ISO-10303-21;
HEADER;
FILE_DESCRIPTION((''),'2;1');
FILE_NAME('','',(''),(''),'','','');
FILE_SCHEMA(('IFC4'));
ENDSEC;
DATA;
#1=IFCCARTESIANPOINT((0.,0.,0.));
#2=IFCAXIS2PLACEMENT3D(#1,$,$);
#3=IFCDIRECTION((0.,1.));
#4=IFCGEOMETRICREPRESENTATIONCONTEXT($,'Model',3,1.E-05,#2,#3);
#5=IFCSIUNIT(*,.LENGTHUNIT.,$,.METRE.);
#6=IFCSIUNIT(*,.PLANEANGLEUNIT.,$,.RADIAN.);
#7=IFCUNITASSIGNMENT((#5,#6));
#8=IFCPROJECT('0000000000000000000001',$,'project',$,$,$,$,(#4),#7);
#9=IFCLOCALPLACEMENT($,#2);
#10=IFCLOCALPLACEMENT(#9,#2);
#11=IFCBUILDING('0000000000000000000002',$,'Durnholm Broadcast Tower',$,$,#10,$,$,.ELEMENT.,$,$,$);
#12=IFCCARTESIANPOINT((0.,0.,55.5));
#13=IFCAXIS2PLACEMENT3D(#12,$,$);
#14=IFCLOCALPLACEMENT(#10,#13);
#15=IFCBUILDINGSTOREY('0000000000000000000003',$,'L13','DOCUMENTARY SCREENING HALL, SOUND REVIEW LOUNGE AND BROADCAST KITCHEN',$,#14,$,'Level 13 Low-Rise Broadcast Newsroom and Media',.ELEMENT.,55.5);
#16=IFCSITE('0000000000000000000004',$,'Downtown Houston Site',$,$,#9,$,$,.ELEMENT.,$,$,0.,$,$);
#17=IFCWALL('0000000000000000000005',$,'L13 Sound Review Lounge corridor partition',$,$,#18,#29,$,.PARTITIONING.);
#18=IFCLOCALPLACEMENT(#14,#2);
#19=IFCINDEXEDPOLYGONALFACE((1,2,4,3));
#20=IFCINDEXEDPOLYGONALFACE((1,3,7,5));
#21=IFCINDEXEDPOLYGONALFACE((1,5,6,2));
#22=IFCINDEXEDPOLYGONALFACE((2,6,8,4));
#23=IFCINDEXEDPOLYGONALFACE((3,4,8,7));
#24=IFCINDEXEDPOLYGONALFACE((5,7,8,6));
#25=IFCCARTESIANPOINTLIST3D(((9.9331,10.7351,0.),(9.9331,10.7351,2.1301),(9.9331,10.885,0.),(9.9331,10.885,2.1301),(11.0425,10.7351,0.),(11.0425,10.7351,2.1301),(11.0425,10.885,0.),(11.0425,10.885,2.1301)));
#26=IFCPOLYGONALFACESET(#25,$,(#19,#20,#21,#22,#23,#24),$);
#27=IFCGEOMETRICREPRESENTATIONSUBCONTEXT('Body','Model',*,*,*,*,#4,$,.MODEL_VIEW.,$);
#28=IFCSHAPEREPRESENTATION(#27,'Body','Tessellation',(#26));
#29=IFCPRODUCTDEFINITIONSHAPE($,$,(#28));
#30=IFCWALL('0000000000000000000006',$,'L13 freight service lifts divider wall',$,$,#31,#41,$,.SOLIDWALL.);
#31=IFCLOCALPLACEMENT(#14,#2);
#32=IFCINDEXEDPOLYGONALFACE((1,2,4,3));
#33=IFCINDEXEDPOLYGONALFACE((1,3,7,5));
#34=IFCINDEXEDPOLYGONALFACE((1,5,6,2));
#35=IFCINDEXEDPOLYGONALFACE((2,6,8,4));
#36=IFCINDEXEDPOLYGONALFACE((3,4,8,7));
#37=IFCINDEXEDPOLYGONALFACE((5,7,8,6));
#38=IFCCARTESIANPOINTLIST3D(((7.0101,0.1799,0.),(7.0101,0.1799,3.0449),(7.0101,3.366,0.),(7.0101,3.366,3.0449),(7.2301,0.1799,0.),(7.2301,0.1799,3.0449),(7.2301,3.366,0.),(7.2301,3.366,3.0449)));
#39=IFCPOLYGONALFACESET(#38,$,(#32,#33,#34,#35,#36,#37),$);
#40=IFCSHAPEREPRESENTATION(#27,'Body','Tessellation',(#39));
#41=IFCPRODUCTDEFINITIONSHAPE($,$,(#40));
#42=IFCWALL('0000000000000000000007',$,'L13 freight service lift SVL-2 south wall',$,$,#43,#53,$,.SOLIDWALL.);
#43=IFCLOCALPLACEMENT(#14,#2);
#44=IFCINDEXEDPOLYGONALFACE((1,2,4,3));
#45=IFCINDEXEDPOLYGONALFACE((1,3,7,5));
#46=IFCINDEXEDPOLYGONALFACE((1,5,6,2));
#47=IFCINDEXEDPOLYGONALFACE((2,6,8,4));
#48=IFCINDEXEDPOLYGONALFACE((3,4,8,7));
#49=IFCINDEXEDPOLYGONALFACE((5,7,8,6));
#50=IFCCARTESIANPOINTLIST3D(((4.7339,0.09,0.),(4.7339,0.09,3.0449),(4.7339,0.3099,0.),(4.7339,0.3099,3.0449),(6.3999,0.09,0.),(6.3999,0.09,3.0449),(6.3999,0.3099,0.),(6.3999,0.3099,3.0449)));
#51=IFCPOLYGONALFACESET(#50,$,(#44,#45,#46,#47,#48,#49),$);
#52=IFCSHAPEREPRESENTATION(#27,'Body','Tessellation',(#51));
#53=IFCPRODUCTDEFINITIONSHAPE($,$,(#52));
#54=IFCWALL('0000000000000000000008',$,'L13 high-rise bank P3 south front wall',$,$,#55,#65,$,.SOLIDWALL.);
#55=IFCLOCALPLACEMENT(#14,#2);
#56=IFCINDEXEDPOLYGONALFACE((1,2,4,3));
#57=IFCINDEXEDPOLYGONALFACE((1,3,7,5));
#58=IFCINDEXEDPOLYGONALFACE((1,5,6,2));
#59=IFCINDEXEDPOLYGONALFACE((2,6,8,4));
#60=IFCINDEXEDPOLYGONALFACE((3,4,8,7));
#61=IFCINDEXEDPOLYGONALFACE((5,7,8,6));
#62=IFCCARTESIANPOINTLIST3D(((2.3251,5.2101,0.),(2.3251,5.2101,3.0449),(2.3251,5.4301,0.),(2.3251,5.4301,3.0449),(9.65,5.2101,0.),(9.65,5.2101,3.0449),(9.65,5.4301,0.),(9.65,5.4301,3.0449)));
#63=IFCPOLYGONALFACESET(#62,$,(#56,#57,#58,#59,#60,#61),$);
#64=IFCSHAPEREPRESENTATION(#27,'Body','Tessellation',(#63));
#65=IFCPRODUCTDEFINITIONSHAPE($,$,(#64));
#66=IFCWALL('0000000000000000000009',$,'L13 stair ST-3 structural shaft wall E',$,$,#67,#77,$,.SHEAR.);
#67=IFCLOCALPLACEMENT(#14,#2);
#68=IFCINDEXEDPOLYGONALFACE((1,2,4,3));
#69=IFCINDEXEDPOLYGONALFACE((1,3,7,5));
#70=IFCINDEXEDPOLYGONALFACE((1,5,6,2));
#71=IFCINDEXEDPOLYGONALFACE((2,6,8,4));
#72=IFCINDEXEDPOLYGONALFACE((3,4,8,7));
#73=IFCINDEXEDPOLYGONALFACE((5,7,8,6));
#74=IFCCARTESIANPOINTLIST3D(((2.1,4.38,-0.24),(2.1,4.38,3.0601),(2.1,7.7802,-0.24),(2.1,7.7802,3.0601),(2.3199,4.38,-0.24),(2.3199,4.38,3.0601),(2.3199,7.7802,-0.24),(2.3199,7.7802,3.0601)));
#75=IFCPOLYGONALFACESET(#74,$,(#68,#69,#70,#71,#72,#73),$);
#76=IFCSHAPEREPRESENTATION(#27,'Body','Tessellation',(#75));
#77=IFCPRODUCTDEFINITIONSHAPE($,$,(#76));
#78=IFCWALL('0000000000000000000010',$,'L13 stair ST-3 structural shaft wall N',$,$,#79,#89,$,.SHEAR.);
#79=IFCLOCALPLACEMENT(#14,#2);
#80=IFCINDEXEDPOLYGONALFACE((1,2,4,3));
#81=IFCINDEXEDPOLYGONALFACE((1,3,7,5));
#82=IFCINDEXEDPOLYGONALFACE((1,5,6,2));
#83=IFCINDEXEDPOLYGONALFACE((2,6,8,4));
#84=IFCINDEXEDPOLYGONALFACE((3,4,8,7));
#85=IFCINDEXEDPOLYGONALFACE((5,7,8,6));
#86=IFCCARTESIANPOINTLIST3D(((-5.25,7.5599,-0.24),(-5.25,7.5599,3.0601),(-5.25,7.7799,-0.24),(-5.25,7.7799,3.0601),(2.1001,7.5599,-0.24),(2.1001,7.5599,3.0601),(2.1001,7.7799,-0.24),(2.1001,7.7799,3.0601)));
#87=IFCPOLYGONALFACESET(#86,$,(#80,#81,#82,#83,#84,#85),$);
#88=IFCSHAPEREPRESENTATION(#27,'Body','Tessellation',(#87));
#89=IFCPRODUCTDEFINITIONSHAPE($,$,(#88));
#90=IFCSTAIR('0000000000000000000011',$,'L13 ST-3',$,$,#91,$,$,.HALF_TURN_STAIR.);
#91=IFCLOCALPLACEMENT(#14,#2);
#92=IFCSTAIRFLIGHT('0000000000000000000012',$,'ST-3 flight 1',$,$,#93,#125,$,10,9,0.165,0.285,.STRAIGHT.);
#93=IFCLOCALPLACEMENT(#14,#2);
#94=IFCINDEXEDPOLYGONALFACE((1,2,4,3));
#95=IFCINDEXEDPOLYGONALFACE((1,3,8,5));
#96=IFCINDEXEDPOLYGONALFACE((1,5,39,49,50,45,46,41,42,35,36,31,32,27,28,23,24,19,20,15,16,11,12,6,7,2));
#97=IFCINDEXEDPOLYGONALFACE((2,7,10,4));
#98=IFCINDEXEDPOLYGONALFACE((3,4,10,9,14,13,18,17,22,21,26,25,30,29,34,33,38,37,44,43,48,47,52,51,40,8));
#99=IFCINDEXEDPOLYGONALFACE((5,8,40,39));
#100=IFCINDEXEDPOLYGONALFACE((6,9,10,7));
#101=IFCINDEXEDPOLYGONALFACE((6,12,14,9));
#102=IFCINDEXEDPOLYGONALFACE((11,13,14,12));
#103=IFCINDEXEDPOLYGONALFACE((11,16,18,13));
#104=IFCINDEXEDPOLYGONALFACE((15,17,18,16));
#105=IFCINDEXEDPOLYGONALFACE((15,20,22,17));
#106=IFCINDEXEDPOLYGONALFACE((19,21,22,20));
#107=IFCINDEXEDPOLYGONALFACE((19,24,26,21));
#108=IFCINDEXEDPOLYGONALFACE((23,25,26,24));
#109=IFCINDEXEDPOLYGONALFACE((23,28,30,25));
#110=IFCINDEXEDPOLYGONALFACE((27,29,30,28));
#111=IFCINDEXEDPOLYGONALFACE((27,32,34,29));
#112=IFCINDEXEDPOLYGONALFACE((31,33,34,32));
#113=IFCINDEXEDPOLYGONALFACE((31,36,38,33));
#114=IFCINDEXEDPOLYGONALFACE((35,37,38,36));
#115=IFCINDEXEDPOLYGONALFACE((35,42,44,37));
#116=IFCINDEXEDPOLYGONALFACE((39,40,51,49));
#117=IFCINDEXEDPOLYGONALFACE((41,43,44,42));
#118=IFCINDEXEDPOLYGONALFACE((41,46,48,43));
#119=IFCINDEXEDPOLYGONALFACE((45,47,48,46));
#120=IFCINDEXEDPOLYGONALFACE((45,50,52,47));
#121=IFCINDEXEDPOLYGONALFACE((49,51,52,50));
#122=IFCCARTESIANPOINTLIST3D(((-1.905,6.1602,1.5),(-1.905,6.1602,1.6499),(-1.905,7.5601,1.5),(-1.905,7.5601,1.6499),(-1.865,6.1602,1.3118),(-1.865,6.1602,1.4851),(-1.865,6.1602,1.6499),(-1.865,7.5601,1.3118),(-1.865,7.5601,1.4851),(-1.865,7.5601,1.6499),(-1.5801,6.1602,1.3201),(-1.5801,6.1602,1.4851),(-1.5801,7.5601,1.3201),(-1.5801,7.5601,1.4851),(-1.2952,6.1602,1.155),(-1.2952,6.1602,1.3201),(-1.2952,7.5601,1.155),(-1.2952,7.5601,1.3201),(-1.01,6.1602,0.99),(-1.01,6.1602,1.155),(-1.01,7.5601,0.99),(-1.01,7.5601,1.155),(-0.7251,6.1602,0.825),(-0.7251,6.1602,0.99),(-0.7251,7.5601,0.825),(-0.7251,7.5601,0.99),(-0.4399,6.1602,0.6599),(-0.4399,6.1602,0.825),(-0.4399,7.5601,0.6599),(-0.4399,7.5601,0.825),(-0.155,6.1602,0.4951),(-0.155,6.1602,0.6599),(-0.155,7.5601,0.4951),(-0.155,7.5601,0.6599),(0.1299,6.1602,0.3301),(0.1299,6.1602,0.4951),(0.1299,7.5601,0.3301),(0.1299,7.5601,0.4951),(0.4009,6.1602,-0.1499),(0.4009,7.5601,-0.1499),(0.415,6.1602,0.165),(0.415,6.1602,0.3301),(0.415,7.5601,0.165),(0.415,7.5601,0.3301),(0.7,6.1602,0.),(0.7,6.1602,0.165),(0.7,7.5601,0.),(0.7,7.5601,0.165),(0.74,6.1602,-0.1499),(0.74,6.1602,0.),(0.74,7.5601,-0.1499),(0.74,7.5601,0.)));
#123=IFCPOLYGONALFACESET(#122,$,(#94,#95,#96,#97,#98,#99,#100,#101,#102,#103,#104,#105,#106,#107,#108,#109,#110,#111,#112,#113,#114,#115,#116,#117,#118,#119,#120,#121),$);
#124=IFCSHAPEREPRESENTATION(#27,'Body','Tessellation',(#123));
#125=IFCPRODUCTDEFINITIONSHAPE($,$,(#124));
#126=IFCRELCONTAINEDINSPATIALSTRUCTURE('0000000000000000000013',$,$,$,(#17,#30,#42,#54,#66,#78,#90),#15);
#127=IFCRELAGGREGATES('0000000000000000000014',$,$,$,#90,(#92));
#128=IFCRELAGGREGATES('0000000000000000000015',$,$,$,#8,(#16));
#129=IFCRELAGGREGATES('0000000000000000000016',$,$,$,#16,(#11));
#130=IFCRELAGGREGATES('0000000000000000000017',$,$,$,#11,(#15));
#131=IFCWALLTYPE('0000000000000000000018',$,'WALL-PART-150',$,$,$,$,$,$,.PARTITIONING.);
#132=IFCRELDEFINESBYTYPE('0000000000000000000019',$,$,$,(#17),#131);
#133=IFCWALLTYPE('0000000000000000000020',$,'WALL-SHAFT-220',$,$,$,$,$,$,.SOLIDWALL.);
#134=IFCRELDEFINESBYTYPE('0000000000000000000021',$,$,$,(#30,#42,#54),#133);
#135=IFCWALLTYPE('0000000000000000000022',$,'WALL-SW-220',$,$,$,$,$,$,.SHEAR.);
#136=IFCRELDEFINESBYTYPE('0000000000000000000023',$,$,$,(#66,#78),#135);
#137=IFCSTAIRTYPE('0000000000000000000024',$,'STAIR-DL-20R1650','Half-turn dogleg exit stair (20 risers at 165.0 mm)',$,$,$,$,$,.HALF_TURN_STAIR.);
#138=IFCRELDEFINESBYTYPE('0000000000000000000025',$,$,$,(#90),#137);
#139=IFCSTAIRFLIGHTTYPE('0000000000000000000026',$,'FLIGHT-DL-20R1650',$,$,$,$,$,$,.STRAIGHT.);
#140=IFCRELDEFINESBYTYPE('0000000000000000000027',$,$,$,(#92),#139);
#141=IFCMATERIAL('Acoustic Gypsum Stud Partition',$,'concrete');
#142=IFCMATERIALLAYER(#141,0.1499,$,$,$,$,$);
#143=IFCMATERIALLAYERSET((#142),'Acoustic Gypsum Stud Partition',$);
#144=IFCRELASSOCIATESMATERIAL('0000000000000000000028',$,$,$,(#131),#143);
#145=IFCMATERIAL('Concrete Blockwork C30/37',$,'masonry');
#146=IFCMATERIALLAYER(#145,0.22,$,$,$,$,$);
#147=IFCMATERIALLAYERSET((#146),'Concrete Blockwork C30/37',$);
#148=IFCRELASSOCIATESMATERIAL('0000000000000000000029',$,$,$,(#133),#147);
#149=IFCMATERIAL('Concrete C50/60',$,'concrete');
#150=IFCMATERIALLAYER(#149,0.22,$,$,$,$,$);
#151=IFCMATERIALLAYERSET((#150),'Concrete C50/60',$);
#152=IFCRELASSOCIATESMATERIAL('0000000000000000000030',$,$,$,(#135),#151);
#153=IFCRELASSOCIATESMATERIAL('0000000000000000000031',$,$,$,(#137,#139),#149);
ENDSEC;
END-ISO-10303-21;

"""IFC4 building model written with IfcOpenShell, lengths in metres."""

from ifc_helpers import new_model, si_unit, direction, frame, frame_2d, origin, place, context, subcontext, project, spatial, polyline, rectangle, outline, extrude, material, layer, layer_set, type_object, element, aggregate, save


model = new_model("IFC4")

# Units and contexts
model_context = context("Model", 3, precision=1e-05, world=origin(), true_north=direction((0.0, 1.0)))
body_context = subcontext(model_context, "Body", "Model", "MODEL_VIEW")
ifc_project = project(units=[si_unit("LENGTHUNIT", "METRE"), si_unit("PLANEANGLEUNIT", "RADIAN")], contexts=[model_context])

# Site, building, storey
site_placement = place(None, origin())
site = spatial("IfcSite", under=ifc_project, at=site_placement, Name="Downtown Houston Site", CompositionType="ELEMENT", RefElevation=0.0)
building_placement = place(site_placement, origin())
building = spatial("IfcBuilding", under=site, at=building_placement, Name="Durnholm Broadcast Tower", CompositionType="ELEMENT")
storey_placement = place(building_placement, frame((0.0, 0.0, 55.5)))
storey = spatial("IfcBuildingStorey", under=building, at=storey_placement, Name="L13", Description="DOCUMENTARY SCREENING HALL, SOUND REVIEW LOUNGE AND BROADCAST KITCHEN", LongName="Level 13 Low-Rise Broadcast Newsroom and Media", CompositionType="ELEMENT", Elevation=55.5)

# Shared definitions
ifc_material_1 = material(Name="Acoustic Gypsum Stud Partition", Category="concrete")
ifc_layer_1 = layer(ifc_material_1, 0.1499)
ifc_layer_set_1 = layer_set([ifc_layer_1], Name="Acoustic Gypsum Stud Partition")
wall_type_1 = type_object("IfcWallType", Name="WALL-PART-150", PredefinedType="PARTITIONING", material=ifc_layer_set_1)

# Wall
wall_1_placement = place(storey_placement, frame((11.0425, 10.8101, 0.0), z_axis=(0.0, 0.0, 1.0), x_axis=(-1.0, 0.0, 0.0)))
element("IfcWall", 1, at=wall_1_placement, inside=storey, type_object=wall_type_1, Name="L13 Sound Review Lounge corridor partition", PredefinedType="PARTITIONING", context=body_context, shape_type="SweptSolid", body=[
    extrude(rectangle(XDim=1.1094, YDim=0.1499, at=frame_2d((0.5547, 0.0))), origin(), (0.0, 0.0, 1.0), 2.1301),
])

# Shared definitions
ifc_material_2 = material(Name="Concrete Blockwork C30/37", Category="masonry")
ifc_layer_2 = layer(ifc_material_2, 0.22)
ifc_layer_set_2 = layer_set([ifc_layer_2], Name="Concrete Blockwork C30/37")
wall_type_2 = type_object("IfcWallType", Name="WALL-SHAFT-220", PredefinedType="SOLIDWALL", material=ifc_layer_set_2)

# Walls
wall_2_placement = place(storey_placement, frame((7.1201, 0.1799, 0.0), z_axis=(0.0, 0.0, 1.0), x_axis=(0.0, 1.0, 0.0)))
element("IfcWall", 2, at=wall_2_placement, inside=storey, type_object=wall_type_2, Name="L13 freight service lifts divider wall", PredefinedType="SOLIDWALL", context=body_context, shape_type="SweptSolid", body=[
    extrude(rectangle(XDim=3.186, YDim=0.22, at=frame_2d((1.593, 0.0))), origin(), (0.0, 0.0, 1.0), 3.0449),
])
wall_3_placement = place(storey_placement, frame((4.7339, 0.2, 0.0), z_axis=(0.0, 0.0, 1.0), x_axis=(1.0, 0.0, 0.0)))
element("IfcWall", 3, at=wall_3_placement, inside=storey, type_object=wall_type_2, Name="L13 freight service lift SVL-2 south wall", PredefinedType="SOLIDWALL", context=body_context, shape_type="SweptSolid", body=[
    extrude(rectangle(XDim=1.666, YDim=0.22, at=frame_2d((0.833, 0.0))), origin(), (0.0, 0.0, 1.0), 3.0449),
])
wall_4_placement = place(storey_placement, frame((2.325, 5.3201, 0.0), z_axis=(0.0, 0.0, 1.0), x_axis=(1.0, 0.0, 0.0)))
element("IfcWall", 4, at=wall_4_placement, inside=storey, type_object=wall_type_2, Name="L13 high-rise bank P3 south front wall", PredefinedType="SOLIDWALL", context=body_context, shape_type="SweptSolid", body=[
    extrude(rectangle(XDim=7.325, YDim=0.22, at=frame_2d((3.6626, 0.0))), origin(), (0.0, 0.0, 1.0), 3.0449),
])
ifc_material_3 = material(Name="Concrete C50/60", Category="concrete")
ifc_layer_3 = layer(ifc_material_3, 0.22)
ifc_layer_set_3 = layer_set([ifc_layer_3], Name="Concrete C50/60")
wall_type_3 = type_object("IfcWallType", Name="WALL-SW-220", PredefinedType="SHEAR", material=ifc_layer_set_3)
wall_5_placement = place(storey_placement, frame((2.21, 4.3799, -0.24), z_axis=(0.0, 0.0, 1.0), x_axis=(0.0, 1.0, 0.0)))
element("IfcWall", 5, at=wall_5_placement, inside=storey, type_object=wall_type_3, Name="L13 stair ST-3 structural shaft wall E", PredefinedType="SHEAR", context=body_context, shape_type="SweptSolid", body=[
    extrude(rectangle(XDim=3.4001, YDim=0.22, at=frame_2d((1.7002, 0.0))), origin(), (0.0, 0.0, 1.0), 3.3),
])
wall_6_placement = place(storey_placement, frame((2.1001, 7.6699, -0.24), z_axis=(0.0, 0.0, 1.0), x_axis=(-1.0, 0.0, 0.0)))
element("IfcWall", 6, at=wall_6_placement, inside=storey, type_object=wall_type_3, Name="L13 stair ST-3 structural shaft wall N", PredefinedType="SHEAR", context=body_context, shape_type="SweptSolid", body=[
    extrude(rectangle(XDim=7.3501, YDim=0.22, at=frame_2d((3.675, 0.0))), origin(), (0.0, 0.0, 1.0), 3.3),
])

# Stair, stair flight
stair_type = type_object("IfcStairType", Name="STAIR-DL-20R1650", Description="Half-turn dogleg exit stair (20 risers at 165.0 mm)", PredefinedType="HALF_TURN_STAIR", material=ifc_material_3)
stair_placement = place(storey_placement, origin())
stair = element("IfcStair", 7, at=stair_placement, inside=storey, type_object=stair_type, Name="L13 ST-3", PredefinedType="HALF_TURN_STAIR")
stair_flight_type = type_object("IfcStairFlightType", Name="FLIGHT-DL-20R1650", PredefinedType="STRAIGHT", material=ifc_material_3)
stair_flight_placement = place(storey_placement, frame((0.7, 6.8601, 0.0), z_axis=(0.0, 0.0, 1.0), x_axis=(-1.0, 0.0, 0.0)))
stair_flight = element("IfcStairFlight", 8, at=stair_flight_placement, type_object=stair_flight_type, Name="ST-3 flight 1", NumberOfRisers=10, NumberOfTreads=9, PredefinedType="STRAIGHT", RiserHeight=0.165, TreadLength=0.285, context=body_context, shape_type="SweptSolid", body=[
    extrude(outline(polyline([(-0.04, -0.1499), (-0.04, 0.0), (0.0, 0.0), (0.0, 0.165), (0.2849, 0.165), (0.2849, 0.3301), (0.5701, 0.3301), (0.5701, 0.4951), (0.855, 0.4951), (0.855, 0.6599), (1.1399, 0.6599), (1.1399, 0.825), (1.425, 0.825), (1.425, 0.99), (1.71, 0.99), (1.71, 1.155), (1.9951, 1.155), (1.9951, 1.3201), (2.28, 1.3201), (2.28, 1.4851), (2.5649, 1.4851), (2.5649, 1.6499), (2.605, 1.6499), (2.605, 1.5), (2.5649, 1.3118), (0.2991, -0.1499), (-0.04, -0.1499)])), frame((0.0, 0.7, 0.0), z_axis=(0.0, -1.0, 0.0), x_axis=(1.0, 0.0, 0.0)), (0.0, 0.0, 1.0), 1.3999),
])
aggregate(stair, [stair_flight])

save(model, "model.ifc")
